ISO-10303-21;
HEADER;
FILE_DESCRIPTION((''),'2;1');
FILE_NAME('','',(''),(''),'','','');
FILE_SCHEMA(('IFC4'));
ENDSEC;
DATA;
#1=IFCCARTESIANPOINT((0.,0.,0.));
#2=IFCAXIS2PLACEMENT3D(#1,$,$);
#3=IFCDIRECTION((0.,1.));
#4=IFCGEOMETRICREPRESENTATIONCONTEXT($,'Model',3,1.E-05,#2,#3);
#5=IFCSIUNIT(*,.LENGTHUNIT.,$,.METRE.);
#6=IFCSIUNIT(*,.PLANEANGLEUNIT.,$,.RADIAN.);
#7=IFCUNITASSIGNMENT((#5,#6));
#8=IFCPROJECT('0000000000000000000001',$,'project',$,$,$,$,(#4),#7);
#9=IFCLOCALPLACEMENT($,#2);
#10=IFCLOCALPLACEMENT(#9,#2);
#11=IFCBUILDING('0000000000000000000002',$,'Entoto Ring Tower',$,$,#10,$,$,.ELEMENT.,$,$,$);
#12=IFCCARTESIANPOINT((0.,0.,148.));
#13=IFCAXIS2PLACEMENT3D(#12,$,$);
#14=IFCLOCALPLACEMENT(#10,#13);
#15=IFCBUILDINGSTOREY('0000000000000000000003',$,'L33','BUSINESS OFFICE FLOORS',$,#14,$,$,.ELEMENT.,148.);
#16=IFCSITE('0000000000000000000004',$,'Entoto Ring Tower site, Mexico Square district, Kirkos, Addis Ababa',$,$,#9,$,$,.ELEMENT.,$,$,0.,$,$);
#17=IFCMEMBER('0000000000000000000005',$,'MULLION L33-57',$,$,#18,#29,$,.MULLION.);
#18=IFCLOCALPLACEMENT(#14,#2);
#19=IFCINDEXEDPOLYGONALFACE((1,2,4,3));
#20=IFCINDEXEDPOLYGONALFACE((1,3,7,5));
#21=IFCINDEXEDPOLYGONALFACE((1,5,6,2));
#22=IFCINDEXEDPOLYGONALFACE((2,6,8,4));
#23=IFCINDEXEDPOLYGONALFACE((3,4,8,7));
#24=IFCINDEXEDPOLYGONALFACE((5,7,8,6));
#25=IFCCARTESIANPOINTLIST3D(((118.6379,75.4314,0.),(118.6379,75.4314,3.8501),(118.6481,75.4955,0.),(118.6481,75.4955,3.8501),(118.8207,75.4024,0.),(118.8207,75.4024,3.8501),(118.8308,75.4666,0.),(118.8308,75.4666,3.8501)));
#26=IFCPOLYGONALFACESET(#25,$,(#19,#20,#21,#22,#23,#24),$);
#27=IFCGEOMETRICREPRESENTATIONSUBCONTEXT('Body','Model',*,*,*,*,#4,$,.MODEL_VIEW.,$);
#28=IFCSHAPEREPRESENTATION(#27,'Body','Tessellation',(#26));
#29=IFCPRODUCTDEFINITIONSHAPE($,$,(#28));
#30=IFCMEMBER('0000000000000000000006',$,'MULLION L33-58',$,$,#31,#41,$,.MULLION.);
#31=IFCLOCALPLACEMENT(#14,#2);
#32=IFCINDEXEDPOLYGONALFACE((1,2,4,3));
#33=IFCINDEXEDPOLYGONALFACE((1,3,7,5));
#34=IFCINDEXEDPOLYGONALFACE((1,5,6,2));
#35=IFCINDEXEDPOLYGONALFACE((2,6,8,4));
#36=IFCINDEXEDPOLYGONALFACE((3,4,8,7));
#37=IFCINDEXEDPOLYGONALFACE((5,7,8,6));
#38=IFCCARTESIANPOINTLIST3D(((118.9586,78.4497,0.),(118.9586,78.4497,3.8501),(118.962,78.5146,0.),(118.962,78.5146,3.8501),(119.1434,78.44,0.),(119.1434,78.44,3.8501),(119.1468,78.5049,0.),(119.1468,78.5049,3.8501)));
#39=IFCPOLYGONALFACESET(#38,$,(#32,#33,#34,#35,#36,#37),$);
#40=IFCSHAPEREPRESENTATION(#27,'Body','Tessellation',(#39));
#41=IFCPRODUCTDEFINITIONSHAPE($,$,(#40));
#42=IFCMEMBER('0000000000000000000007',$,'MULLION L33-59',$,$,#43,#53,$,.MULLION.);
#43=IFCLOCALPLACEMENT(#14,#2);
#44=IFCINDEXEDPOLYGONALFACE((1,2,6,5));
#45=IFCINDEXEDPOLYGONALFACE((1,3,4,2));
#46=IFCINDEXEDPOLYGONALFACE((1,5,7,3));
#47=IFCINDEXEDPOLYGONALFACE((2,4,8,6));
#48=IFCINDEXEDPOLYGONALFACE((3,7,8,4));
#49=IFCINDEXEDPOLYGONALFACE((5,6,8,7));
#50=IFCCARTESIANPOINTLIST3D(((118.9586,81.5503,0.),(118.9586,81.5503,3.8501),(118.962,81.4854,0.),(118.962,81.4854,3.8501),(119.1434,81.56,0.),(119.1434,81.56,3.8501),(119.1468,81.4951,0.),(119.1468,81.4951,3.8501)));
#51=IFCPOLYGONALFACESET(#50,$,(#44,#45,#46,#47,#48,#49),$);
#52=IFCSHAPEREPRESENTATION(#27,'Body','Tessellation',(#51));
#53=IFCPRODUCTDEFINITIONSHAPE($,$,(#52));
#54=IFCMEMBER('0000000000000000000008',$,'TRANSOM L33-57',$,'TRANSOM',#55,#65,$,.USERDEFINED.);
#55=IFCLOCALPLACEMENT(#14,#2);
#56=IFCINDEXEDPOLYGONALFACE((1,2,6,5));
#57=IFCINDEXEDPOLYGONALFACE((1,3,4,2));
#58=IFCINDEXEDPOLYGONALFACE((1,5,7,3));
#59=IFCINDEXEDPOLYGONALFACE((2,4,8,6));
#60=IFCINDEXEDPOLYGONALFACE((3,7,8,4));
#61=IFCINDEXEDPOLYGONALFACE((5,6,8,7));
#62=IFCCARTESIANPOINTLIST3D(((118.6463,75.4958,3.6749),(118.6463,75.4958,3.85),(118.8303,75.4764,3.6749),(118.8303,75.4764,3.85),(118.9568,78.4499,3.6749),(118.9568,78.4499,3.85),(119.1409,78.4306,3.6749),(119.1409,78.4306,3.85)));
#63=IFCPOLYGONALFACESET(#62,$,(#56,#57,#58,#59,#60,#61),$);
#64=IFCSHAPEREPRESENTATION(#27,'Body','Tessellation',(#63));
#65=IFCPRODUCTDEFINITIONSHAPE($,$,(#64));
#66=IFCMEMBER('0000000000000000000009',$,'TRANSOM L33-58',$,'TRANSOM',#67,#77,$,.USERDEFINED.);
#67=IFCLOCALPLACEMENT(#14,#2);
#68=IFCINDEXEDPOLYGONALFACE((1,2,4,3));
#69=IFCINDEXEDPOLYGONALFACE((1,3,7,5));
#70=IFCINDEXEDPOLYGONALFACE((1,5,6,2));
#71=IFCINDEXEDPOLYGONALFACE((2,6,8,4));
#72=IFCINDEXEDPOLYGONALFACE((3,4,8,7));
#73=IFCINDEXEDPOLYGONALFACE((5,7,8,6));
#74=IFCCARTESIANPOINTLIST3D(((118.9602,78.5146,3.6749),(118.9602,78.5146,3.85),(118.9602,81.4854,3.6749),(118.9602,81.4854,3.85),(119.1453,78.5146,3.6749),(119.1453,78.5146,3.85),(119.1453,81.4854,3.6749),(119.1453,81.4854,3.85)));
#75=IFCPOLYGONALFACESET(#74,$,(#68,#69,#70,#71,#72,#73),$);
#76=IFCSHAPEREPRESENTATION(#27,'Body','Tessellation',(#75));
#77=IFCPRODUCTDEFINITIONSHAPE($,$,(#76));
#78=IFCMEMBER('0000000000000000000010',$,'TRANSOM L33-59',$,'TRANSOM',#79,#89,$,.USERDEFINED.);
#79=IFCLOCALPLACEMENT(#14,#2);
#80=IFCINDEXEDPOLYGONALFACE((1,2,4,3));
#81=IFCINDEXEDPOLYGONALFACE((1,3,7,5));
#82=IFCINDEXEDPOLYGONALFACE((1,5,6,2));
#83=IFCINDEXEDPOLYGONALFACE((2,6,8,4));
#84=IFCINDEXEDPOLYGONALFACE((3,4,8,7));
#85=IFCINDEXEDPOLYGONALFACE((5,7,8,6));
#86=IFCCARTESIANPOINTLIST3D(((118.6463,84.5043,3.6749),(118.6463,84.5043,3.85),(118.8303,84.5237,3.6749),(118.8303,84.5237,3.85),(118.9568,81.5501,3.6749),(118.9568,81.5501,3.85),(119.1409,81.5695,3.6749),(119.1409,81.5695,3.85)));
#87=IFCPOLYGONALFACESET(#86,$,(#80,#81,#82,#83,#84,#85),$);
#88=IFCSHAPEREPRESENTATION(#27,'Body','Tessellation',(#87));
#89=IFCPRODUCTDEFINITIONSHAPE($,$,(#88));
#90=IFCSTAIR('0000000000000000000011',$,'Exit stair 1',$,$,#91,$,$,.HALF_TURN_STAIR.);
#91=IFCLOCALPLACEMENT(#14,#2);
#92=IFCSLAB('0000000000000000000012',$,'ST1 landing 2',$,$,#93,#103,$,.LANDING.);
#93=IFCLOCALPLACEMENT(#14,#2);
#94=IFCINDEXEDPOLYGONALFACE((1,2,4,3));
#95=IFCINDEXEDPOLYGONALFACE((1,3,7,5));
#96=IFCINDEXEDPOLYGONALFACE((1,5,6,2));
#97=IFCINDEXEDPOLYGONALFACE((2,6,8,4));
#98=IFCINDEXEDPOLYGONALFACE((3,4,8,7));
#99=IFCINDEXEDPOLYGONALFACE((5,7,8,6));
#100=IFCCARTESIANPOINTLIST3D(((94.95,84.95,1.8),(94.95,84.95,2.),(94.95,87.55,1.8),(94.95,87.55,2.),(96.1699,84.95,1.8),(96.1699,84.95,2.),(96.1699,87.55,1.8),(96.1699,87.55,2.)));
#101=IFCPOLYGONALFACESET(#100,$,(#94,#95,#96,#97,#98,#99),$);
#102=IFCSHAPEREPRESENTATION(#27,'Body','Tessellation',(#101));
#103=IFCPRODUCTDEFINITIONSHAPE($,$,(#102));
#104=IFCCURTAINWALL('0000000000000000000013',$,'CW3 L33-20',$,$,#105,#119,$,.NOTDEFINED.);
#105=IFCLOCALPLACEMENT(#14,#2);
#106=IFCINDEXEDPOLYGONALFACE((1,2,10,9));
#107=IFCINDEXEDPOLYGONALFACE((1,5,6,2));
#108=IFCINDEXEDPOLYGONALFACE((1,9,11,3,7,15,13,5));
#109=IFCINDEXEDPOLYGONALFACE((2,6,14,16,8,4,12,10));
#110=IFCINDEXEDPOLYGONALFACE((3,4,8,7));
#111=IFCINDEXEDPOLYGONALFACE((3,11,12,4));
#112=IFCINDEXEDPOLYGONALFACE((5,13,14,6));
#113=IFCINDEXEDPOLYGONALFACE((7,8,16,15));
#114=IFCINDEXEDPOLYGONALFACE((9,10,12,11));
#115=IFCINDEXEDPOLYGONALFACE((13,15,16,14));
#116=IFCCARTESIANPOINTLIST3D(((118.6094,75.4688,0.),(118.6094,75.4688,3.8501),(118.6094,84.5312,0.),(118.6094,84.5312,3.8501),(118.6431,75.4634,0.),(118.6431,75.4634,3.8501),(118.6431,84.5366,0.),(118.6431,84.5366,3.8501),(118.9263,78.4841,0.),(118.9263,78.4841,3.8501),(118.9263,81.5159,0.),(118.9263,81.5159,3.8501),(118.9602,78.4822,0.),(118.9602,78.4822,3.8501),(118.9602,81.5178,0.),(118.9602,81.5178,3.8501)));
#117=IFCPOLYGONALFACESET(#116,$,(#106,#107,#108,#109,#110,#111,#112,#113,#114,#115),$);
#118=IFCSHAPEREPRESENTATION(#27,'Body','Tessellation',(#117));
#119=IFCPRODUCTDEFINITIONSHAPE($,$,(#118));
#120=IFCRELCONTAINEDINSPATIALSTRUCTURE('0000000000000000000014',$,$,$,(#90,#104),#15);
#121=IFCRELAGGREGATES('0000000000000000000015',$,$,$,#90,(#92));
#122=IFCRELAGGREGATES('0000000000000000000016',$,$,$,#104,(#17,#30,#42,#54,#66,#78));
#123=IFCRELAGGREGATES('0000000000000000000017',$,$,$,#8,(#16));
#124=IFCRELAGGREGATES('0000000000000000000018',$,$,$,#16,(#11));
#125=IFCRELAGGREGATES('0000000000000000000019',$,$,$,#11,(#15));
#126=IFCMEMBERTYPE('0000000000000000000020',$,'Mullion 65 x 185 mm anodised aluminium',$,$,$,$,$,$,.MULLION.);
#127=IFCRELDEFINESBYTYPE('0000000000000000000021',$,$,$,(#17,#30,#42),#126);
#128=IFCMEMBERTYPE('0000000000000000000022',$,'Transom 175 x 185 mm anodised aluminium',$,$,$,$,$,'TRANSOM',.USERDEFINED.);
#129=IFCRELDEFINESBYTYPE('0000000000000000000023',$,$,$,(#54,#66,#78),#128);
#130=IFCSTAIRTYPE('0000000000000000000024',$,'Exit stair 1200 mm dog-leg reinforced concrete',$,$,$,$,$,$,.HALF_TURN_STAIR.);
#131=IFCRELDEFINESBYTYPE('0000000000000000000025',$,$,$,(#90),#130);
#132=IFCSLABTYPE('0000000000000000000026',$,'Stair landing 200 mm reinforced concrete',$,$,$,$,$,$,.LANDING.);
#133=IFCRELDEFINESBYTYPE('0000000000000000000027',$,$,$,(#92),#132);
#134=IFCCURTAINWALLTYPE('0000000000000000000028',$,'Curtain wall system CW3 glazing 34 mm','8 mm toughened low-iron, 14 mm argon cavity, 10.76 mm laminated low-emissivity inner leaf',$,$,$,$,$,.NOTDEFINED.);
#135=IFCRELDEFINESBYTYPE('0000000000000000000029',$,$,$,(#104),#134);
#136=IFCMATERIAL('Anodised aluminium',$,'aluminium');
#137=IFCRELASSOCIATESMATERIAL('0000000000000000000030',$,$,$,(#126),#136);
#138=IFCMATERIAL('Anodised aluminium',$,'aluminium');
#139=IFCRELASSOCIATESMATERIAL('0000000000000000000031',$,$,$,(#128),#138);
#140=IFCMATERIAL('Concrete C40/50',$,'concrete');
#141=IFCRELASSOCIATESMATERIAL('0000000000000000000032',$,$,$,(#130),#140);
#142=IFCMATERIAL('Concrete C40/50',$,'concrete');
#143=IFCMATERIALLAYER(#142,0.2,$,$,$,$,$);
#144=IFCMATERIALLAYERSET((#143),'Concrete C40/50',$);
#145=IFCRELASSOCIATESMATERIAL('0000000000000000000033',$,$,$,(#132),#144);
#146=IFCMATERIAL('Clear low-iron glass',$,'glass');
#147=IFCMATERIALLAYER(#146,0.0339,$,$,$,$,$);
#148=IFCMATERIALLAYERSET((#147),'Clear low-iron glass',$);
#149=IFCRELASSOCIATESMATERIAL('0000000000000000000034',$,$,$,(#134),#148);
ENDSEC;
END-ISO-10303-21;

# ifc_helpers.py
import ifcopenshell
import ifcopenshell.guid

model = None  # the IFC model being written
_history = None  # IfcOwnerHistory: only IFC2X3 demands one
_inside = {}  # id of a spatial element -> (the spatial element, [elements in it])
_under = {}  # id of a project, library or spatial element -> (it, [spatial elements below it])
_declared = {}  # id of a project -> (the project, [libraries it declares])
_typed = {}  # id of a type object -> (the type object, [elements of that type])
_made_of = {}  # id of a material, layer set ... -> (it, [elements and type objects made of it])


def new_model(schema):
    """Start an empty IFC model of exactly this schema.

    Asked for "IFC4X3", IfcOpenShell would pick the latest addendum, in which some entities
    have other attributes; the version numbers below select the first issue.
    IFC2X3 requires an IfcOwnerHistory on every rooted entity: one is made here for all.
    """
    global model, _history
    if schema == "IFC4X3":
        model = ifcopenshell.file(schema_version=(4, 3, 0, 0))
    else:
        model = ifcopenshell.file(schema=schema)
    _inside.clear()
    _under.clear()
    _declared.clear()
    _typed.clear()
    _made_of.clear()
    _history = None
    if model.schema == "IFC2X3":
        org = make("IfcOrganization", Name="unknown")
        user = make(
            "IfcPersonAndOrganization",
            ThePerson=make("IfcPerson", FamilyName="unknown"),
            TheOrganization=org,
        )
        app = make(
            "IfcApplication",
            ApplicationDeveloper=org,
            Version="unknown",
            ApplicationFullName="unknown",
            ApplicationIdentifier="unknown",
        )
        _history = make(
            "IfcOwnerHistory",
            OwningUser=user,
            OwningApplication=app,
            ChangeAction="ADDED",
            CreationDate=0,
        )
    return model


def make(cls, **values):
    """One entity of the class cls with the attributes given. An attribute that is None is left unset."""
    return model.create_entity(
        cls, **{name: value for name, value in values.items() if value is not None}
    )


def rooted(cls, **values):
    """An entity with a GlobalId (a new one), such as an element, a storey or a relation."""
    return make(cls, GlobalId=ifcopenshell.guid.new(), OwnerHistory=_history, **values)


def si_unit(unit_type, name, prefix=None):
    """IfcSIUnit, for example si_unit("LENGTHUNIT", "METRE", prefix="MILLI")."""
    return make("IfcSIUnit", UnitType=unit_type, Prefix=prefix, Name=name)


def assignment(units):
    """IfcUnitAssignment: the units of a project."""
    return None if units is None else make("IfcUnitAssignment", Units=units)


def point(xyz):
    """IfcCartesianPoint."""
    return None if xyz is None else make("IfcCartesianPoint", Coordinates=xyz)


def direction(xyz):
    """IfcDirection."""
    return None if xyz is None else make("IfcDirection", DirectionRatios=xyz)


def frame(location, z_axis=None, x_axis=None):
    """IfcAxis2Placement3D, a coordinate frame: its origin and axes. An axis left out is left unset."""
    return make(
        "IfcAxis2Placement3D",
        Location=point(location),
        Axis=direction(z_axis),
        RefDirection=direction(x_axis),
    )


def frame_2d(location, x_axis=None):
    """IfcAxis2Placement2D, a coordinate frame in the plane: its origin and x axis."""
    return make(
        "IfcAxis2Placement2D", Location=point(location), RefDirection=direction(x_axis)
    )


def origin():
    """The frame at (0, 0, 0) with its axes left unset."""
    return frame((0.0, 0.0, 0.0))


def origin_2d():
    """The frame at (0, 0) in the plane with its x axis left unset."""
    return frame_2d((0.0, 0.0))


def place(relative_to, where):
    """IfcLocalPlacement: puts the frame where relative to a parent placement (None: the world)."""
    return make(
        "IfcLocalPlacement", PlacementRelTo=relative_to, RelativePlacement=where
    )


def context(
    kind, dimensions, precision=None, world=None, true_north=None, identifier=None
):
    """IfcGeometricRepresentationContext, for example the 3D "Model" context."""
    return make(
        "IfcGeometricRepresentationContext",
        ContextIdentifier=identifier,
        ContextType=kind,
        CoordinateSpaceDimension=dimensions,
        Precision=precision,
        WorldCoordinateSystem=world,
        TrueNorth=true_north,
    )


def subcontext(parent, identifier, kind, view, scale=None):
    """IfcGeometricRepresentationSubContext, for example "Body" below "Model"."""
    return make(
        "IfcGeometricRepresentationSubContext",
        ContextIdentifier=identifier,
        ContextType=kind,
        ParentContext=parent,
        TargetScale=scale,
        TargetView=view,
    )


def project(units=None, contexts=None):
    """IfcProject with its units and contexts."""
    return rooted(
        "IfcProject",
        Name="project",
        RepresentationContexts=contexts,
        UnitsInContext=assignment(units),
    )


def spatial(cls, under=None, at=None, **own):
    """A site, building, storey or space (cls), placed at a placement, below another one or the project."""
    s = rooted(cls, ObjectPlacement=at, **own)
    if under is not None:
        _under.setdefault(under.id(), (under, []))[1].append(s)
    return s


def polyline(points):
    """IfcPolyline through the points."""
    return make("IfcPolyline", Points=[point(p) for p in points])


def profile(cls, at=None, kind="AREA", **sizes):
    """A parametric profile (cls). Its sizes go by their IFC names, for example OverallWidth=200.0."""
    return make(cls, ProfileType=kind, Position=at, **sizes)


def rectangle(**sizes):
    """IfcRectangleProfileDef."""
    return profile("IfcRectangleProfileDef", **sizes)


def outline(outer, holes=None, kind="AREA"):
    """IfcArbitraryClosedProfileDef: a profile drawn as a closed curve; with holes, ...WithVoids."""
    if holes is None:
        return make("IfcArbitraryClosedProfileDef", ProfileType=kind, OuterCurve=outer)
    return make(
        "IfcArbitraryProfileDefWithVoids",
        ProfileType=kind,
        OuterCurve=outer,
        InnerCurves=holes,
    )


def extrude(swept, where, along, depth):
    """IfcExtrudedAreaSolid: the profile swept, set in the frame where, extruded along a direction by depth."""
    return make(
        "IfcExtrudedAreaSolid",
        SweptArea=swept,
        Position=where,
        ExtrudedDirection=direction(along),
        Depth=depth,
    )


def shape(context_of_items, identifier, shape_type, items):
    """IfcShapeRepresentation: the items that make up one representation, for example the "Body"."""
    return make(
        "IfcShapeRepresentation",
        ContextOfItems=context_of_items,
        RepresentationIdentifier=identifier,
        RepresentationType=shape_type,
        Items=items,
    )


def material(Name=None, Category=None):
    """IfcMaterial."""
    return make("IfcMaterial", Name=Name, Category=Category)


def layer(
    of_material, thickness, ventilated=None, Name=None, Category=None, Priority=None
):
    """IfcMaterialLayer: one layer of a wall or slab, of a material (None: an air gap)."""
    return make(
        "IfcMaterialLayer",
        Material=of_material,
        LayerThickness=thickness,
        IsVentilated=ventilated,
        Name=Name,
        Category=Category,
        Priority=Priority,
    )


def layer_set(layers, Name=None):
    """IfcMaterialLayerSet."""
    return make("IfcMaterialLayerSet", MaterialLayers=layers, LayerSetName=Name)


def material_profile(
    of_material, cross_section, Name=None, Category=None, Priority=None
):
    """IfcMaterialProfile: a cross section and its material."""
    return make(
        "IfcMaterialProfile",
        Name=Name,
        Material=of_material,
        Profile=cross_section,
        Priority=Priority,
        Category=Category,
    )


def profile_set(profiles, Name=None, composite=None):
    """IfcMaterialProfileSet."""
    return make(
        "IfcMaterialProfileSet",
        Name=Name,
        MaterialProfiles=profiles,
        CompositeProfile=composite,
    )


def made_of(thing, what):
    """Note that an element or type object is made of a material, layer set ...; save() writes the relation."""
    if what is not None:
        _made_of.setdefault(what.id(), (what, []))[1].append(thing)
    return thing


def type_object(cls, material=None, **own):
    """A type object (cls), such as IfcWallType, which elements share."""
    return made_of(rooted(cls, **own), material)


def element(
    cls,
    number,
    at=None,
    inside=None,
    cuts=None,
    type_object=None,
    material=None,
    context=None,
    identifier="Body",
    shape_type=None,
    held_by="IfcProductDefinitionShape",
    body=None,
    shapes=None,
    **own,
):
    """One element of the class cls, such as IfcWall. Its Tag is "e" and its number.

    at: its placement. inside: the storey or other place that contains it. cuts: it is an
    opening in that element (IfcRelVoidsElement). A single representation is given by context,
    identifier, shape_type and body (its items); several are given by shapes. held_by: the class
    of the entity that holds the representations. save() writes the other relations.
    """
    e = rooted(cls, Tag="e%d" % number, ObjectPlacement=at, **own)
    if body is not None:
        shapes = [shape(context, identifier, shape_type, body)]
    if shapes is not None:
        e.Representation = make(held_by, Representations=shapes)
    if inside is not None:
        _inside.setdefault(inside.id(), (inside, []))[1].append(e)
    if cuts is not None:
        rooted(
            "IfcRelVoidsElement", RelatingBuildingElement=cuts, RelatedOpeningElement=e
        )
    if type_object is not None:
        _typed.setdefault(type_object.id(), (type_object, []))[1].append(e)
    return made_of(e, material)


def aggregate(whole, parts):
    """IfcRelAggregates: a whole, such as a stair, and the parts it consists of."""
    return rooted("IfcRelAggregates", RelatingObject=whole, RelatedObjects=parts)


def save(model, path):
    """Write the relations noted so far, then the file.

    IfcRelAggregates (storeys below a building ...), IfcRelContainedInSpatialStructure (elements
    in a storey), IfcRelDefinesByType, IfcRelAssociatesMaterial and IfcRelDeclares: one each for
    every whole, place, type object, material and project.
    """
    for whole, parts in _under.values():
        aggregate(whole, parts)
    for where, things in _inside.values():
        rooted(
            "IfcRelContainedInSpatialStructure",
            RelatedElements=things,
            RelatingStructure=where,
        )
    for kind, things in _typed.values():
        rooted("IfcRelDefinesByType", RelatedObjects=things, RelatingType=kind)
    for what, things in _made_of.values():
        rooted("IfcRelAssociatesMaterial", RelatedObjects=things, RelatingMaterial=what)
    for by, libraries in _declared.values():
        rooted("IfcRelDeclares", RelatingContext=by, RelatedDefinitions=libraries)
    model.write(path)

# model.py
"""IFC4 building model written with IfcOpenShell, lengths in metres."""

from ifc_helpers import new_model, si_unit, direction, frame, origin, origin_2d, place, context, subcontext, project, spatial, polyline, rectangle, outline, extrude, material, layer, layer_set, material_profile, profile_set, type_object, element, aggregate, save


model = new_model("IFC4")

# Units and contexts
model_context = context("Model", 3, precision=1e-05, world=origin(), true_north=direction((0.0, 1.0)))
body_context = subcontext(model_context, "Body", "Model", "MODEL_VIEW")
ifc_project = project(units=[si_unit("LENGTHUNIT", "METRE"), si_unit("PLANEANGLEUNIT", "RADIAN")], contexts=[model_context])

# Members
ifc_material_1 = material(Name="Anodised aluminium", Category="aluminium")
ifc_material_profile_1 = material_profile(ifc_material_1, rectangle(XDim=0.0649, YDim=0.1851, at=origin_2d()), Name="Mullion 65 x 185 mm anodised aluminium")
ifc_profile_set_1 = profile_set([ifc_material_profile_1], Name="Anodised aluminium")
member_type_1 = type_object("IfcMemberType", Name="Mullion 65 x 185 mm anodised aluminium", PredefinedType="MULLION", material=ifc_profile_set_1)
site_placement = place(None, origin())
building_placement = place(site_placement, origin())
storey_placement = place(building_placement, frame((0.0, 0.0, 148.0)))
member_1_placement = place(storey_placement, frame((118.7344, 75.449, 0.0), z_axis=(0.0, 0.0, 1.0), x_axis=(0.156434, 0.987688, 0.0)))
member_1 = element("IfcMember", 1, at=member_1_placement, type_object=member_type_1, Name="MULLION L33-57", PredefinedType="MULLION", context=body_context, shape_type="SweptSolid", body=[
    extrude(rectangle(XDim=0.0649, YDim=0.1851, at=origin_2d()), origin(), (0.0, 0.0, 1.0), 3.8501),
])
member_2_placement = place(storey_placement, frame((119.0527, 78.4773, 0.0), z_axis=(0.0, 0.0, 1.0), x_axis=(0.052336, 0.99863, 0.0)))
member_2 = element("IfcMember", 2, at=member_2_placement, type_object=member_type_1, Name="MULLION L33-58", PredefinedType="MULLION", context=body_context, shape_type="SweptSolid", body=[
    extrude(rectangle(XDim=0.0649, YDim=0.1851, at=origin_2d()), origin(), (0.0, 0.0, 1.0), 3.8501),
])
member_3_placement = place(storey_placement, frame((119.0527, 81.5227, 0.0), z_axis=(0.0, 0.0, 1.0), x_axis=(-0.052336, 0.99863, 0.0)))
member_3 = element("IfcMember", 3, at=member_3_placement, type_object=member_type_1, Name="MULLION L33-59", PredefinedType="MULLION", context=body_context, shape_type="SweptSolid", body=[
    extrude(rectangle(XDim=0.0649, YDim=0.1851, at=origin_2d()), origin(), (0.0, 0.0, 1.0), 3.8501),
])
ifc_material_2 = material(Name="Anodised aluminium", Category="aluminium")
ifc_material_profile_2 = material_profile(ifc_material_2, rectangle(XDim=0.1851, YDim=0.175, at=origin_2d()), Name="Transom 175 x 185 mm anodised aluminium")
ifc_profile_set_2 = profile_set([ifc_material_profile_2], Name="Anodised aluminium")
member_type_2 = type_object("IfcMemberType", Name="Transom 175 x 185 mm anodised aluminium", ElementType="TRANSOM", PredefinedType="USERDEFINED", material=ifc_profile_set_2)
member_4_placement = place(storey_placement, frame((118.7383, 75.4861, 3.7625), z_axis=(0.104548, 0.99452, 0.0), x_axis=(-0.99452, 0.104548, 0.0)))
member_4 = element("IfcMember", 4, at=member_4_placement, type_object=member_type_2, Name="TRANSOM L33-57", ObjectType="TRANSOM", PredefinedType="USERDEFINED", context=body_context, shape_type="SweptSolid", body=[
    extrude(rectangle(XDim=0.1851, YDim=0.175, at=origin_2d()), origin(), (0.0, 0.0, 1.0), 2.9705),
])
member_5_placement = place(storey_placement, frame((119.0527, 78.5146, 3.7625), z_axis=(0.0, 1.0, 0.0), x_axis=(-1.0, 0.0, 0.0)))
member_5 = element("IfcMember", 5, at=member_5_placement, type_object=member_type_2, Name="TRANSOM L33-58", ObjectType="TRANSOM", PredefinedType="USERDEFINED", context=body_context, shape_type="SweptSolid", body=[
    extrude(rectangle(XDim=0.1851, YDim=0.175, at=origin_2d()), origin(), (0.0, 0.0, 1.0), 2.9707),
])
member_6_placement = place(storey_placement, frame((119.0488, 81.5598, 3.7625), z_axis=(-0.104548, 0.99452, 0.0), x_axis=(-0.99452, -0.104548, 0.0)))
member_6 = element("IfcMember", 6, at=member_6_placement, type_object=member_type_2, Name="TRANSOM L33-59", ObjectType="TRANSOM", PredefinedType="USERDEFINED", context=body_context, shape_type="SweptSolid", body=[
    extrude(rectangle(XDim=0.1851, YDim=0.175, at=origin_2d()), origin(), (0.0, 0.0, 1.0), 2.9705),
])

# Site, building, storey
site = spatial("IfcSite", under=ifc_project, at=site_placement, Name="Entoto Ring Tower site, Mexico Square district, Kirkos, Addis Ababa", CompositionType="ELEMENT", RefElevation=0.0)
building = spatial("IfcBuilding", under=site, at=building_placement, Name="Entoto Ring Tower", CompositionType="ELEMENT")
storey = spatial("IfcBuildingStorey", under=building, at=storey_placement, Name="L33", Description="BUSINESS OFFICE FLOORS", CompositionType="ELEMENT", Elevation=148.0)

# Stair, slab
ifc_material_3 = material(Name="Concrete C40/50", Category="concrete")
stair_type = type_object("IfcStairType", Name="Exit stair 1200 mm dog-leg reinforced concrete", PredefinedType="HALF_TURN_STAIR", material=ifc_material_3)
stair_placement = place(storey_placement, origin())
stair = element("IfcStair", 7, at=stair_placement, inside=storey, type_object=stair_type, Name="Exit stair 1", PredefinedType="HALF_TURN_STAIR")
ifc_material_4 = material(Name="Concrete C40/50", Category="concrete")
ifc_layer_1 = layer(ifc_material_4, 0.2)
ifc_layer_set_1 = layer_set([ifc_layer_1], Name="Concrete C40/50")
slab_type = type_object("IfcSlabType", Name="Stair landing 200 mm reinforced concrete", PredefinedType="LANDING", material=ifc_layer_set_1)
slab_placement = place(storey_placement, frame((0.0, 0.0, 1.8)))
slab = element("IfcSlab", 8, at=slab_placement, type_object=slab_type, Name="ST1 landing 2", PredefinedType="LANDING", context=body_context, shape_type="SweptSolid", body=[
    extrude(outline(polyline([(94.95, 84.95), (96.1699, 84.95), (96.1699, 87.55), (94.95, 87.55), (94.95, 84.95)])), origin(), (0.0, 0.0, 1.0), 0.2),
])
aggregate(stair, [slab])

# Curtain wall
ifc_material_5 = material(Name="Clear low-iron glass", Category="glass")
ifc_layer_2 = layer(ifc_material_5, 0.0339)
ifc_layer_set_2 = layer_set([ifc_layer_2], Name="Clear low-iron glass")
curtain_wall_type = type_object("IfcCurtainWallType", Name="Curtain wall system CW3 glazing 34 mm", Description="8 mm toughened low-iron, 14 mm argon cavity, 10.76 mm laminated low-emissivity inner leaf", PredefinedType="NOTDEFINED", material=ifc_layer_set_2)
curtain_wall_1_placement = place(storey_placement, origin())
curtain_wall_1 = element("IfcCurtainWall", 9, at=curtain_wall_1_placement, inside=storey, type_object=curtain_wall_type, Name="CW3 L33-20", PredefinedType="NOTDEFINED", context=body_context, shape_type="SweptSolid", body=[
    extrude(outline(polyline([(118.6431, 75.4634), (118.9602, 78.4822), (118.9602, 81.5178), (118.6431, 84.5366), (118.6094, 84.5312), (118.9263, 81.5159), (118.9263, 78.4841), (118.6094, 75.4688), (118.6431, 75.4634)])), origin(), (0.0, 0.0, 1.0), 3.8501),
])
aggregate(curtain_wall_1, [member_1, member_2, member_3, member_4, member_5, member_6])

save(model, "model.ifc")
